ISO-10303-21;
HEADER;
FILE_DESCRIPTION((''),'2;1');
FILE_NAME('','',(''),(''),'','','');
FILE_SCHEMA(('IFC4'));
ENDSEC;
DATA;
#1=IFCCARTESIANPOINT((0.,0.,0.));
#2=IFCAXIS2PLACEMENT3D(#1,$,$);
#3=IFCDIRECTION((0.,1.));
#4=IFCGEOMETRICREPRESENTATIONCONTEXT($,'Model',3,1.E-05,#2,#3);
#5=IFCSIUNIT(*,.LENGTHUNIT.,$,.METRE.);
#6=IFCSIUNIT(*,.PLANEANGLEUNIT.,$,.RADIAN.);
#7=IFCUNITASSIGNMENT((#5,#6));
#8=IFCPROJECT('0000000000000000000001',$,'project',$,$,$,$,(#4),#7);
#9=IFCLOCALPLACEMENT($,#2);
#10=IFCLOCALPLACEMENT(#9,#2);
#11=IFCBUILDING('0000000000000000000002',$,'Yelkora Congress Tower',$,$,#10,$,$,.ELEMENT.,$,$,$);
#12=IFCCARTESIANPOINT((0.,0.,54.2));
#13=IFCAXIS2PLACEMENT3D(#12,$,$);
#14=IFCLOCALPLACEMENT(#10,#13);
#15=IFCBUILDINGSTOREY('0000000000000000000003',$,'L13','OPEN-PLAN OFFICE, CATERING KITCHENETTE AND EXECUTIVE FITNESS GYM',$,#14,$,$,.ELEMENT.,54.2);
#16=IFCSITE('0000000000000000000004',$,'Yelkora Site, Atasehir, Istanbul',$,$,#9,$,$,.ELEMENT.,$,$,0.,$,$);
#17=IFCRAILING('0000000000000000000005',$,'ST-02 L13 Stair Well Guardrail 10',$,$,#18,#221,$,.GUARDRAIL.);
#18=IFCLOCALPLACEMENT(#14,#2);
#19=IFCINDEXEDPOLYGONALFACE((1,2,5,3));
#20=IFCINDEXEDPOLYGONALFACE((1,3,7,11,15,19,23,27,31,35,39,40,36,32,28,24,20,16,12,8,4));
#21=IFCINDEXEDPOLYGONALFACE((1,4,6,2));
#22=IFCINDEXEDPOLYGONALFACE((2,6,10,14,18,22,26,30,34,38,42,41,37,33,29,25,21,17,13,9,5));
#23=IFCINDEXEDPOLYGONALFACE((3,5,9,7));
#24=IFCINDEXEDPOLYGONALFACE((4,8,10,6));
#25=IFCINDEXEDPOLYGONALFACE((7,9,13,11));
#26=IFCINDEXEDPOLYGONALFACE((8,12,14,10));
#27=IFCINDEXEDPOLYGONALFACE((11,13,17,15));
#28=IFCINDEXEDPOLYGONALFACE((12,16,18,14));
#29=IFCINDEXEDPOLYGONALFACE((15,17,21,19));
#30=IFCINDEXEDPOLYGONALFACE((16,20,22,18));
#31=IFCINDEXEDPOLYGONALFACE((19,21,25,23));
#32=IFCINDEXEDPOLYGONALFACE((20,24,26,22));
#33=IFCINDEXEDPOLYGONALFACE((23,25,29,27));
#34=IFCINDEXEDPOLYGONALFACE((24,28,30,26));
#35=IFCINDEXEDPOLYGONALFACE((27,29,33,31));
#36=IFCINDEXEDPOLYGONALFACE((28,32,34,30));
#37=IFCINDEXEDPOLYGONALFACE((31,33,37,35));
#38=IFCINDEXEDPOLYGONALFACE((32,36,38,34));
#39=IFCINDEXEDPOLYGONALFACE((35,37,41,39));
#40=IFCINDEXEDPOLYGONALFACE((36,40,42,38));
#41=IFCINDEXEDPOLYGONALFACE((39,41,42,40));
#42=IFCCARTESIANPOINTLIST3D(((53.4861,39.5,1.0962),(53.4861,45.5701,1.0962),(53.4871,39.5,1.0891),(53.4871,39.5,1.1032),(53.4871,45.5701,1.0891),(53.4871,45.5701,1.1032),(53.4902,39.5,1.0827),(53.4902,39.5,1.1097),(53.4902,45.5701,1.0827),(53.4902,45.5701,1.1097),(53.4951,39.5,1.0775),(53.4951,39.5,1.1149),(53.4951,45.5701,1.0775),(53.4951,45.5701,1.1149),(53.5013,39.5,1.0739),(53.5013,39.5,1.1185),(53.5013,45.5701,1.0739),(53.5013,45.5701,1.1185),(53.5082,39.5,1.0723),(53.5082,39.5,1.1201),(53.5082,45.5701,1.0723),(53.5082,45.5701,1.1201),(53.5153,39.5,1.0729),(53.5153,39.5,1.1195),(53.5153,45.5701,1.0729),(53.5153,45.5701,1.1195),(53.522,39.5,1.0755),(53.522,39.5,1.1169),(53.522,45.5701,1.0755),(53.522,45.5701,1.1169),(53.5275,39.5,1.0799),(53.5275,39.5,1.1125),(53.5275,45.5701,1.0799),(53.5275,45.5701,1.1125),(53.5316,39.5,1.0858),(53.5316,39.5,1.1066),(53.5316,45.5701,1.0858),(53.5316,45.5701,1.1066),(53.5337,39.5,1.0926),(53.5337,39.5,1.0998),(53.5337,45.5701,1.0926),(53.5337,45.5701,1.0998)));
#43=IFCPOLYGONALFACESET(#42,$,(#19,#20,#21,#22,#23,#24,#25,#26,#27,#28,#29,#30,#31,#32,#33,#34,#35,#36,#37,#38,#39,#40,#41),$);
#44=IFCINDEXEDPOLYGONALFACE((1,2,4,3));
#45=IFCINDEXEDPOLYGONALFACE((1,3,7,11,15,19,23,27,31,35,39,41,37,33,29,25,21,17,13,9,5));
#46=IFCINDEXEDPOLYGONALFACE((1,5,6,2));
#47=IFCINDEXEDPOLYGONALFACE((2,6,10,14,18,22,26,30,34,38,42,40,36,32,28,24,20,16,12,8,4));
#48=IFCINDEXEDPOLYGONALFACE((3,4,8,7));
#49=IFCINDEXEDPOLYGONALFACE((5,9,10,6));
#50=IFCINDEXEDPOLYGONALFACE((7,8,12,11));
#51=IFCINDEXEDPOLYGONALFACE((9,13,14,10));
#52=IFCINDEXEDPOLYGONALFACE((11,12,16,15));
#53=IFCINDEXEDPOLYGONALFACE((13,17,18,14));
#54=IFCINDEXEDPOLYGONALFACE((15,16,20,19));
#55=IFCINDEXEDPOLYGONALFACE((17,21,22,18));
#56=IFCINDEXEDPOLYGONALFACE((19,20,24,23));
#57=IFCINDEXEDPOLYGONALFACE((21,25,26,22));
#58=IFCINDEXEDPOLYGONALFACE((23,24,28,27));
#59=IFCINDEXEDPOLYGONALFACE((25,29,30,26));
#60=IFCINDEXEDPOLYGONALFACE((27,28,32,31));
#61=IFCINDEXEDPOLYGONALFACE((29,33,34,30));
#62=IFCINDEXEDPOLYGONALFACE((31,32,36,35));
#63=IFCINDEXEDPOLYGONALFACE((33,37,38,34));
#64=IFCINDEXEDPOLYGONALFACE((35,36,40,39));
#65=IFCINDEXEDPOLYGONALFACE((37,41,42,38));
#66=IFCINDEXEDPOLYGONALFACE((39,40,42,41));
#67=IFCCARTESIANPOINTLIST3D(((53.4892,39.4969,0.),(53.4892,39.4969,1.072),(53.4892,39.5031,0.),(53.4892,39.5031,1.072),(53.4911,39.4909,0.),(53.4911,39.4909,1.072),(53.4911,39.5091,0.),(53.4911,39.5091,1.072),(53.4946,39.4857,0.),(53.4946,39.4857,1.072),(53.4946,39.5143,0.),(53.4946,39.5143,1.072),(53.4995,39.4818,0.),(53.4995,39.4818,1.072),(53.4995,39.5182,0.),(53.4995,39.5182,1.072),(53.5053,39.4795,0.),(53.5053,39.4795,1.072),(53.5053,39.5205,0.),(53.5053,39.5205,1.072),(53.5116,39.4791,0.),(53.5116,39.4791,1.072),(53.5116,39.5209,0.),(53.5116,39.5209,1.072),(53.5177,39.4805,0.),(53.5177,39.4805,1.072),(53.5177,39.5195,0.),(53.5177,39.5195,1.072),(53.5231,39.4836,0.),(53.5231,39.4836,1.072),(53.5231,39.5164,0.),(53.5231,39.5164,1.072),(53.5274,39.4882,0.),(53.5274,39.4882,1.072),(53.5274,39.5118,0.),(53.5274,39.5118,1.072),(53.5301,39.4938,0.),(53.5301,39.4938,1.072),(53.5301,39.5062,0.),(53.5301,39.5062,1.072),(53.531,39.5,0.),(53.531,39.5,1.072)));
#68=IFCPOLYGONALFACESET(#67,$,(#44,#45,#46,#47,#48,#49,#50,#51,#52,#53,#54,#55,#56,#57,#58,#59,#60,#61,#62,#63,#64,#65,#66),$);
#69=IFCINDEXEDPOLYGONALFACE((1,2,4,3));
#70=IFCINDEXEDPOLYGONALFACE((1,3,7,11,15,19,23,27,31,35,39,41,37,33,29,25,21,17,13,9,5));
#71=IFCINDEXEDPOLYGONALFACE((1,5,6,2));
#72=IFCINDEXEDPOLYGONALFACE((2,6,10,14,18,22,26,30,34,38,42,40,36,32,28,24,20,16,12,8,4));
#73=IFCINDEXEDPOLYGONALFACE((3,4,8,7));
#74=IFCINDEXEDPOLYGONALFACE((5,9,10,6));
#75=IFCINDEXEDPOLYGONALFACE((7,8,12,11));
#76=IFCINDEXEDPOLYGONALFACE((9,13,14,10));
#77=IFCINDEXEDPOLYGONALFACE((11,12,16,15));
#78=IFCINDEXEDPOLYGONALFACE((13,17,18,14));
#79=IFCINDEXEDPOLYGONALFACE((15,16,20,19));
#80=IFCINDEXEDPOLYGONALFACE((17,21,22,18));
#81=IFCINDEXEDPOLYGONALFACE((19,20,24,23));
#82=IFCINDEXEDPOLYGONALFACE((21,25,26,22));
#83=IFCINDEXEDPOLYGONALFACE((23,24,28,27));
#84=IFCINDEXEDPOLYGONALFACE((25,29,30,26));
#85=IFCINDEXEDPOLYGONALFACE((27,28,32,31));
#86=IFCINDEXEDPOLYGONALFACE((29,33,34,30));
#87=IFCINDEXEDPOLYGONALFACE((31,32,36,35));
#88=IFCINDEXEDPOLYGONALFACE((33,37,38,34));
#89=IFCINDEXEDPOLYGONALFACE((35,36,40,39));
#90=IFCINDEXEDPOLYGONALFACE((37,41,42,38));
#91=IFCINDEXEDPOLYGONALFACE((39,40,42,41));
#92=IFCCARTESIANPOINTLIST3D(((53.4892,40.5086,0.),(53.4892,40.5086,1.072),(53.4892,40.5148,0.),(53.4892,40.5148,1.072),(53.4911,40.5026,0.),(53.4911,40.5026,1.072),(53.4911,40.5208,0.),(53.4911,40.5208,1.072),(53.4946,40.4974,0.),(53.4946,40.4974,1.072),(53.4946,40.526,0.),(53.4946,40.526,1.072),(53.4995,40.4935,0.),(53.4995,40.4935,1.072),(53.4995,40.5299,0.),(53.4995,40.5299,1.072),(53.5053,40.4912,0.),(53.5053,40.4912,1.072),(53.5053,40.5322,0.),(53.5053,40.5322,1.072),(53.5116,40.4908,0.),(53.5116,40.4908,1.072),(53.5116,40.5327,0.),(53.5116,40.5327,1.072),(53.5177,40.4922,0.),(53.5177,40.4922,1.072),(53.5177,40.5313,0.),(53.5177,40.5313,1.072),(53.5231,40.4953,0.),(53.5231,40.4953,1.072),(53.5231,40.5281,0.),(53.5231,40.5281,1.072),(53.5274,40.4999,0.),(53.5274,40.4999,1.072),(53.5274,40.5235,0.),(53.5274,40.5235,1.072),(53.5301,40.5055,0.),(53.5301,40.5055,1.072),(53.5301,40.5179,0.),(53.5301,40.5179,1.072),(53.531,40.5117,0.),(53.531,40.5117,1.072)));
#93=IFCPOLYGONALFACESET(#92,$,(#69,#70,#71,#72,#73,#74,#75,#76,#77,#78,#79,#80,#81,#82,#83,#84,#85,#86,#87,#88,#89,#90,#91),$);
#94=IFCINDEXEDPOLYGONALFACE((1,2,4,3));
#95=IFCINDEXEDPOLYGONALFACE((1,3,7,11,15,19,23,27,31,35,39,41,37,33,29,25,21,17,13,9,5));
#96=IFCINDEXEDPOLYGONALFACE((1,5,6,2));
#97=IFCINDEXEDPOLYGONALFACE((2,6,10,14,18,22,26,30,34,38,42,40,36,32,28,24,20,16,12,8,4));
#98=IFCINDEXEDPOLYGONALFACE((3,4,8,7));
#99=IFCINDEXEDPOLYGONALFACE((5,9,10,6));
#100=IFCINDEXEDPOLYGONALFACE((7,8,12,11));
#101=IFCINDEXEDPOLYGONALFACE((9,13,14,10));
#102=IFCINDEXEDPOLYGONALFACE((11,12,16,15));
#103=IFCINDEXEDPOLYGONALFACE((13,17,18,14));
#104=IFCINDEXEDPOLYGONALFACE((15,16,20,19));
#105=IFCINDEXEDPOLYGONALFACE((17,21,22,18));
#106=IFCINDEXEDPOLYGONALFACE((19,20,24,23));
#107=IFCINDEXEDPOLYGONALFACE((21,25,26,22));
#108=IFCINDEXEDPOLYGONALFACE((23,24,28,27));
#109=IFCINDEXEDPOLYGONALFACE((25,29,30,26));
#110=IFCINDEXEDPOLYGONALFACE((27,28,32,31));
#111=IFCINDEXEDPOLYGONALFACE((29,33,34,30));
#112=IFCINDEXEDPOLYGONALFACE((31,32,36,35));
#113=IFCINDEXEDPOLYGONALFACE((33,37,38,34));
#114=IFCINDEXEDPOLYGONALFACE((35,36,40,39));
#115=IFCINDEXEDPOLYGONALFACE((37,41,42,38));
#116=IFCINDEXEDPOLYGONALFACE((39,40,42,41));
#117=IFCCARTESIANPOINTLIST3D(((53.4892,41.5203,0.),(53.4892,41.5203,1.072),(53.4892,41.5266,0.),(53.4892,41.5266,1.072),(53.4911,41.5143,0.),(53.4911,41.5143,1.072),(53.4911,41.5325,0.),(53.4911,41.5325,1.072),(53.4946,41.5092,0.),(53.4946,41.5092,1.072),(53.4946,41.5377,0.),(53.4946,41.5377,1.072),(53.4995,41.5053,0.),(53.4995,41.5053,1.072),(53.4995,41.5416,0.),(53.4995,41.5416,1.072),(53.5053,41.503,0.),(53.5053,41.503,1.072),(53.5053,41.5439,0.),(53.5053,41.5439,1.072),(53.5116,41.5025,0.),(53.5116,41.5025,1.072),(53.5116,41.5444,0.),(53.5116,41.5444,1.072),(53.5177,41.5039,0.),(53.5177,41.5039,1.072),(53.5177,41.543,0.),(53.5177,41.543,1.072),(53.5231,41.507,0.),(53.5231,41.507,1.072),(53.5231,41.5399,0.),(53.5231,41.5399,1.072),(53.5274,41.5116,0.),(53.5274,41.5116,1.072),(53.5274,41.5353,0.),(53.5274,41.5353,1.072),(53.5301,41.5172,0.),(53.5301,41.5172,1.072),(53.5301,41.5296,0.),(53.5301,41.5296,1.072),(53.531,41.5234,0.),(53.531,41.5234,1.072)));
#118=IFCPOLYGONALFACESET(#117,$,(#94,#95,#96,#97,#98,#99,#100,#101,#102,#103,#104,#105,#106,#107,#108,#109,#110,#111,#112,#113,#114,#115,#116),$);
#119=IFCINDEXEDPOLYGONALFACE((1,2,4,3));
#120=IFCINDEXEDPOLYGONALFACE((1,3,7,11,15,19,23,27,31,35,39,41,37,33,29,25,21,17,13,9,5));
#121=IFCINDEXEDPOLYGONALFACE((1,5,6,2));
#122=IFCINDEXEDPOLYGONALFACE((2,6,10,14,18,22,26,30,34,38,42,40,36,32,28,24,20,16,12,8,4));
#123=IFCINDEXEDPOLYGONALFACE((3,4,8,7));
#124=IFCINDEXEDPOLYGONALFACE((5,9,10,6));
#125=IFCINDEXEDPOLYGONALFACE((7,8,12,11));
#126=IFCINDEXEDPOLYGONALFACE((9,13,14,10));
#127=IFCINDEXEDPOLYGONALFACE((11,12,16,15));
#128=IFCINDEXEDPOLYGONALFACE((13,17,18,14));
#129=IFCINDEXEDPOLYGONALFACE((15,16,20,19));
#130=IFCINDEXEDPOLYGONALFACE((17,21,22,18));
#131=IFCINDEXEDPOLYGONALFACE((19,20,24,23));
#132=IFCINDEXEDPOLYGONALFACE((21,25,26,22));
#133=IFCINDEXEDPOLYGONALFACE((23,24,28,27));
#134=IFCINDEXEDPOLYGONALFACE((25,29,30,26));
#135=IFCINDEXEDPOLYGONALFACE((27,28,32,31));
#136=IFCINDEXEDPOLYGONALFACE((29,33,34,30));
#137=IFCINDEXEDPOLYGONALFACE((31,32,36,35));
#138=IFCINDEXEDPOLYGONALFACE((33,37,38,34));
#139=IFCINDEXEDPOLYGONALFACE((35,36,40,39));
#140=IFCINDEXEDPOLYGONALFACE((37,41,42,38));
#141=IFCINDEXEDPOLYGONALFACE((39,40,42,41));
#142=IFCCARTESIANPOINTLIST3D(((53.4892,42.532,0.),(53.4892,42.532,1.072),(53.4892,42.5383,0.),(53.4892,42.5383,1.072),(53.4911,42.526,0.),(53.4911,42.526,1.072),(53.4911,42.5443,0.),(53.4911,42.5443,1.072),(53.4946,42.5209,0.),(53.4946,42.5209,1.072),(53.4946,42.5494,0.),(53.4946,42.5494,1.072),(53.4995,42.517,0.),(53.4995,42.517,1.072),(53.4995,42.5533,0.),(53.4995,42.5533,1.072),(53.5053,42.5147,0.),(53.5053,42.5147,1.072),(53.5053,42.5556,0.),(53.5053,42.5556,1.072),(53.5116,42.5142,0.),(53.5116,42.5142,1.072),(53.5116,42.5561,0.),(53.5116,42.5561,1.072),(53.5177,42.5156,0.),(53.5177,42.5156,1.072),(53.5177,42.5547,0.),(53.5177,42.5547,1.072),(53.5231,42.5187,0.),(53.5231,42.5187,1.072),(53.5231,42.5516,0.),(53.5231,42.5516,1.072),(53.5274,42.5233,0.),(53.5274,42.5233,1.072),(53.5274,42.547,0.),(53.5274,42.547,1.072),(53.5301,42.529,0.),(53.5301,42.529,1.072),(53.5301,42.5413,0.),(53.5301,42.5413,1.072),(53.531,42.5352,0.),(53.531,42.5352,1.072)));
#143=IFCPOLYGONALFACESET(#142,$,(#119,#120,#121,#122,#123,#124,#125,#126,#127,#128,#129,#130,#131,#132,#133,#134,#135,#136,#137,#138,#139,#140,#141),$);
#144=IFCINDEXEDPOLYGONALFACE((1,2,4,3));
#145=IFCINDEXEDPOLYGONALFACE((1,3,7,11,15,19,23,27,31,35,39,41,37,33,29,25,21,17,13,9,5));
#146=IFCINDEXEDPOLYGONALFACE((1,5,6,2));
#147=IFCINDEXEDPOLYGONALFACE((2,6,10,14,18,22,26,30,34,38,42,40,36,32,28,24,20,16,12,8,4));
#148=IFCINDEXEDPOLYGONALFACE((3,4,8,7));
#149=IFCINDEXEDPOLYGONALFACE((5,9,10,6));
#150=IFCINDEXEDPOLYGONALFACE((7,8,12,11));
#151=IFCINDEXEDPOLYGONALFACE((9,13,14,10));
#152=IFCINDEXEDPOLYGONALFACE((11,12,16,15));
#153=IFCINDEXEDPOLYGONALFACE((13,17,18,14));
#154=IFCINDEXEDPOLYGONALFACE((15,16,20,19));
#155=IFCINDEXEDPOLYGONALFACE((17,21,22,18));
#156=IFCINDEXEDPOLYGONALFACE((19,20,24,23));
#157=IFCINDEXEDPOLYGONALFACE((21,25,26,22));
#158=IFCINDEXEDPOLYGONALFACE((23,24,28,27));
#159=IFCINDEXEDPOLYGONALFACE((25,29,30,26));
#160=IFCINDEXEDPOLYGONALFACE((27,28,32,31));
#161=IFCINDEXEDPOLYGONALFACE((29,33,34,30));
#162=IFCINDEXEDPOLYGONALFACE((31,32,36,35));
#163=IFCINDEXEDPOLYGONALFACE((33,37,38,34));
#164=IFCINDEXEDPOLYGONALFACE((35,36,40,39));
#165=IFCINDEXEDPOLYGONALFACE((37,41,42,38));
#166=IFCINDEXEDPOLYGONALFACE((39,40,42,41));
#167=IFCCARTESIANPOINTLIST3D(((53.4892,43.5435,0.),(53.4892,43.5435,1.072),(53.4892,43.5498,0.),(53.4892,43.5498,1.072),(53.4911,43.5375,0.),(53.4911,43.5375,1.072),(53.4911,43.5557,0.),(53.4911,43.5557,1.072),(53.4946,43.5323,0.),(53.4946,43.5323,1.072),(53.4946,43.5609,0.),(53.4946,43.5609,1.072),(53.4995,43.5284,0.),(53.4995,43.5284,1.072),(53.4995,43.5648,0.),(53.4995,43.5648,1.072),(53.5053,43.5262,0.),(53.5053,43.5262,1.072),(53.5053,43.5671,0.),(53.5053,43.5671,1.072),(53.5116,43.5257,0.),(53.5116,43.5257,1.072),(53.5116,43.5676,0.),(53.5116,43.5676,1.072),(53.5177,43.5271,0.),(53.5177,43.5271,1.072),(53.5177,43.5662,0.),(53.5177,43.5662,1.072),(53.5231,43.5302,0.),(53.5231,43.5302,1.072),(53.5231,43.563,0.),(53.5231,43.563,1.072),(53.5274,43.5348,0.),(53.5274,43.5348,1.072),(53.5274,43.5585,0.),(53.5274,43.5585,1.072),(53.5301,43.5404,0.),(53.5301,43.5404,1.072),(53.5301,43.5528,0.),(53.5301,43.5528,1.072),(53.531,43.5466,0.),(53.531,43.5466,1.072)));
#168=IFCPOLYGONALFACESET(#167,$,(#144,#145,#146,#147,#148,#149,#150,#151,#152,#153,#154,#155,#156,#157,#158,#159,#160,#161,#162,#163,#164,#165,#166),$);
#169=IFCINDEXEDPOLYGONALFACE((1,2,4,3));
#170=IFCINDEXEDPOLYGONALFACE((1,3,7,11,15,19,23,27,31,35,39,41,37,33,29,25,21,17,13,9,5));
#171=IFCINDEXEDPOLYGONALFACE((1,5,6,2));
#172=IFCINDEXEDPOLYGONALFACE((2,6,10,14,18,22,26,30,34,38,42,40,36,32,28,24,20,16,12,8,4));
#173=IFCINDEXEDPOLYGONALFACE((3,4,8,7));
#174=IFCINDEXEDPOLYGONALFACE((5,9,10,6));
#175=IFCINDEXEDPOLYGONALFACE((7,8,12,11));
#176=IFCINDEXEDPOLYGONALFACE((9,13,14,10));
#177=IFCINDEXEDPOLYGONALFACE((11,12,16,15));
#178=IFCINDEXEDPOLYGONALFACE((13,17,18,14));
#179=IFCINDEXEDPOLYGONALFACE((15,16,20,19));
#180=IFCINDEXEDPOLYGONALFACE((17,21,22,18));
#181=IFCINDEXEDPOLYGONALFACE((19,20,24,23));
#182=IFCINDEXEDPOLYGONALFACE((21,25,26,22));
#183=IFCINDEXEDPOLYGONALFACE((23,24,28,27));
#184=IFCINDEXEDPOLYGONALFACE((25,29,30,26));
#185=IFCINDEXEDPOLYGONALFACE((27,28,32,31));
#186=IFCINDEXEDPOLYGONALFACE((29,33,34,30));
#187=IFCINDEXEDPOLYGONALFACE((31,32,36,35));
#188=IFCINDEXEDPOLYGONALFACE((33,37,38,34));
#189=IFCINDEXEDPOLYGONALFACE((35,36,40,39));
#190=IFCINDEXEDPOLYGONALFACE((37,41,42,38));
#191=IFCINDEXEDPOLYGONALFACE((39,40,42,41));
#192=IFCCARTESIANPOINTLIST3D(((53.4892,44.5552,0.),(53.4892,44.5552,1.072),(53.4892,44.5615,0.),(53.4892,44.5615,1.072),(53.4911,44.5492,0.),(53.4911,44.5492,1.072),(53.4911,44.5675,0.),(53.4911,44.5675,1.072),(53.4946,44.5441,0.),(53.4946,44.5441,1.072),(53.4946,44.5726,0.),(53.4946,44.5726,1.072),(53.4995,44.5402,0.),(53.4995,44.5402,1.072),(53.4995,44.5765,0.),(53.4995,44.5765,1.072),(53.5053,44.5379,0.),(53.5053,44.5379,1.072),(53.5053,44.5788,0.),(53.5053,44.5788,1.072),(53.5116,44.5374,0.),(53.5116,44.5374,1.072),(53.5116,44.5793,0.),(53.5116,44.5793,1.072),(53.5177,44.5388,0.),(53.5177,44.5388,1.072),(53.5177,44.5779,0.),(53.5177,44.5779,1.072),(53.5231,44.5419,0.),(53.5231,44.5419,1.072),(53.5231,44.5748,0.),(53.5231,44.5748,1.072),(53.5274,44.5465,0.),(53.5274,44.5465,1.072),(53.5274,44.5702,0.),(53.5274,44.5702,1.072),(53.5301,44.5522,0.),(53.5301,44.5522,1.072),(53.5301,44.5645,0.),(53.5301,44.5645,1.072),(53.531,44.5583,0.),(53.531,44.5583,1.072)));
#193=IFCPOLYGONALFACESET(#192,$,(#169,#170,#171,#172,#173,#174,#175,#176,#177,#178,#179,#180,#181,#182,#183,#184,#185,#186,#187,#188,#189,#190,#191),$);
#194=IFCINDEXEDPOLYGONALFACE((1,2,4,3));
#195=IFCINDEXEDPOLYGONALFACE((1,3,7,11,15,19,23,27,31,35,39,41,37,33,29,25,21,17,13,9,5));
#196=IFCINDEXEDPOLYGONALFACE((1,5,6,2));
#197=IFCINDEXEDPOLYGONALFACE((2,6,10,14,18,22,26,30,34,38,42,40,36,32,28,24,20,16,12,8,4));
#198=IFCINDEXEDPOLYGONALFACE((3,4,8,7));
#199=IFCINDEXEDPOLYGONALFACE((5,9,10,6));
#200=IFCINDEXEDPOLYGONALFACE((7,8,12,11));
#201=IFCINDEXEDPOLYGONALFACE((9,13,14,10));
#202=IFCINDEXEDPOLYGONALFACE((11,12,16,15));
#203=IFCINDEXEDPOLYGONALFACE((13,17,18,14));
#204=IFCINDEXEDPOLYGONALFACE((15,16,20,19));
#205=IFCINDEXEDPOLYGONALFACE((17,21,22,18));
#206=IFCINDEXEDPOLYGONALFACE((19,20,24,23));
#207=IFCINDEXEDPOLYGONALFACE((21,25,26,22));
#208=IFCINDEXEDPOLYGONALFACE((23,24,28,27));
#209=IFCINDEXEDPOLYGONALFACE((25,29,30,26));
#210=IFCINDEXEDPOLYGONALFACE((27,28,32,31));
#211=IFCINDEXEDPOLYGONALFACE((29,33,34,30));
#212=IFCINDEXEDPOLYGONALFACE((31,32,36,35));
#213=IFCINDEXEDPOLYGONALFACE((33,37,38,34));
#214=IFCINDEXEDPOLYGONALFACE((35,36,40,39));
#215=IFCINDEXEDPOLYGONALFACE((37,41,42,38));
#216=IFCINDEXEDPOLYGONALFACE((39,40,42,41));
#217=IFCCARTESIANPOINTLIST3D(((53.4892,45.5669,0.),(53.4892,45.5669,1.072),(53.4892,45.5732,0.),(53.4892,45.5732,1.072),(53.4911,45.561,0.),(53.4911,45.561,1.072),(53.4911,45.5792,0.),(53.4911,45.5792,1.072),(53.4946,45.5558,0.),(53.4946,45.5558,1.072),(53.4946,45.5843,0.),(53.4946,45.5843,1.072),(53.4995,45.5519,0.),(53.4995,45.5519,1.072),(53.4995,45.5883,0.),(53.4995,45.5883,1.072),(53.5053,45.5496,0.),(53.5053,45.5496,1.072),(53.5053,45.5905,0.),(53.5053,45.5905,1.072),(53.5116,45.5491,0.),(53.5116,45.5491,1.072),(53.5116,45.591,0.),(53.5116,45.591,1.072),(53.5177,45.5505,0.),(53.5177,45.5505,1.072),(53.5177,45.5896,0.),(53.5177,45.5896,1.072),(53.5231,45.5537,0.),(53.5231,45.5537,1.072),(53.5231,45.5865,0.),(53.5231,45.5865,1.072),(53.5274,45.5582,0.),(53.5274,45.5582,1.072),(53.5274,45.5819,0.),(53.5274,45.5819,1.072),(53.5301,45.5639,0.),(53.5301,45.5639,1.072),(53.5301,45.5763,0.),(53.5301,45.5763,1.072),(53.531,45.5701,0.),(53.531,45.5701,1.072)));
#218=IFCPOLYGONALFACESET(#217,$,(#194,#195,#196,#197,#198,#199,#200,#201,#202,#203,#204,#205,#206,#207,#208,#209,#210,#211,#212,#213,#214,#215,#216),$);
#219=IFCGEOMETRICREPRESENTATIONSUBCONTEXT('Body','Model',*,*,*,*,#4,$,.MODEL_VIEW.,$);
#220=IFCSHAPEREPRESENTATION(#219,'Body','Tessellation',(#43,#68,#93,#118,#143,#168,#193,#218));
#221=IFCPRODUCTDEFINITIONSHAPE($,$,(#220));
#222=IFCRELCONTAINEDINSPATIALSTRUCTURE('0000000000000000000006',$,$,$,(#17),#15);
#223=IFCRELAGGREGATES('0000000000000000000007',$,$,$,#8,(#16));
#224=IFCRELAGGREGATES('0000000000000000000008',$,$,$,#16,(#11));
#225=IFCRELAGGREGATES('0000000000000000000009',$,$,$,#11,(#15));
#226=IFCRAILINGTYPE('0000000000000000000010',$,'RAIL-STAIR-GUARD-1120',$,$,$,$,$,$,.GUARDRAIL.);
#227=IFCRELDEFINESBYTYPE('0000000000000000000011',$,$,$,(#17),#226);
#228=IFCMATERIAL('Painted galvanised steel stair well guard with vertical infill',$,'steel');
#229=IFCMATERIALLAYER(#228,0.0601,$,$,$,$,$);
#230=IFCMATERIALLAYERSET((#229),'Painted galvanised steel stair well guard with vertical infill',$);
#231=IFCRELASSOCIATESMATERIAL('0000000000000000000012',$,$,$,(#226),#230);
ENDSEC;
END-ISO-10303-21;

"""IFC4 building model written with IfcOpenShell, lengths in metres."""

from ifc_helpers import new_model, si_unit, direction, frame, origin, origin_2d, place, context, subcontext, project, spatial, circle, extrude, material, layer, layer_set, type_object, element, save


model = new_model("IFC4")

# Units and contexts
model_context = context("Model", 3, precision=1e-05, world=origin(), true_north=direction((0.0, 1.0)))
body_context = subcontext(model_context, "Body", "Model", "MODEL_VIEW")
ifc_project = project(units=[si_unit("LENGTHUNIT", "METRE"), si_unit("PLANEANGLEUNIT", "RADIAN")], contexts=[model_context])

# Site, building, storey
site_placement = place(None, origin())
site = spatial("IfcSite", under=ifc_project, at=site_placement, Name="Yelkora Site, Atasehir, Istanbul", CompositionType="ELEMENT", RefElevation=0.0)
building_placement = place(site_placement, origin())
building = spatial("IfcBuilding", under=site, at=building_placement, Name="Yelkora Congress Tower", CompositionType="ELEMENT")
storey_placement = place(building_placement, frame((0.0, 0.0, 54.2)))
storey = spatial("IfcBuildingStorey", under=building, at=storey_placement, Name="L13", Description="OPEN-PLAN OFFICE, CATERING KITCHENETTE AND EXECUTIVE FITNESS GYM", CompositionType="ELEMENT", Elevation=54.2)

# Railing
ifc_material_1 = material(Name="Painted galvanised steel stair well guard with vertical infill", Category="steel")
ifc_layer_1 = layer(ifc_material_1, 0.0601)
ifc_layer_set_1 = layer_set([ifc_layer_1], Name="Painted galvanised steel stair well guard with vertical infill")
railing_type_1 = type_object("IfcRailingType", Name="RAIL-STAIR-GUARD-1120", PredefinedType="GUARDRAIL", material=ifc_layer_set_1)
railing_1_placement = place(storey_placement, frame((53.51, 39.5, 0.0)))
element("IfcRailing", 1, at=railing_1_placement, inside=storey, type_object=railing_type_1, Name="ST-02 L13 Stair Well Guardrail 10", PredefinedType="GUARDRAIL", context=body_context, shape_type="SweptSolid", body=[
    extrude(circle(Radius=0.0239, at=origin_2d()), frame((0.0, 0.0, 1.0962), z_axis=(0.0, 1.0, 0.0), x_axis=(-1.0, 0.0, 0.0)), (0.0, 0.0, 1.0), 6.0701),
    extrude(circle(Radius=0.021, at=origin_2d()), origin(), (0.0, 0.0, 1.0), 1.072),
    extrude(circle(Radius=0.021, at=origin_2d()), frame((0.0, 1.0117, 0.0)), (0.0, 0.0, 1.0), 1.072),
    extrude(circle(Radius=0.021, at=origin_2d()), frame((0.0, 2.0234, 0.0)), (0.0, 0.0, 1.0), 1.072),
    extrude(circle(Radius=0.021, at=origin_2d()), frame((0.0, 3.0352, 0.0)), (0.0, 0.0, 1.0), 1.072),
    extrude(circle(Radius=0.021, at=origin_2d()), frame((0.0, 4.0466, 0.0)), (0.0, 0.0, 1.0), 1.072),
    extrude(circle(Radius=0.021, at=origin_2d()), frame((0.0, 5.0583, 0.0)), (0.0, 0.0, 1.0), 1.072),
    extrude(circle(Radius=0.021, at=origin_2d()), frame((0.0, 6.0701, 0.0)), (0.0, 0.0, 1.0), 1.072),
])

save(model, "model.ifc")
